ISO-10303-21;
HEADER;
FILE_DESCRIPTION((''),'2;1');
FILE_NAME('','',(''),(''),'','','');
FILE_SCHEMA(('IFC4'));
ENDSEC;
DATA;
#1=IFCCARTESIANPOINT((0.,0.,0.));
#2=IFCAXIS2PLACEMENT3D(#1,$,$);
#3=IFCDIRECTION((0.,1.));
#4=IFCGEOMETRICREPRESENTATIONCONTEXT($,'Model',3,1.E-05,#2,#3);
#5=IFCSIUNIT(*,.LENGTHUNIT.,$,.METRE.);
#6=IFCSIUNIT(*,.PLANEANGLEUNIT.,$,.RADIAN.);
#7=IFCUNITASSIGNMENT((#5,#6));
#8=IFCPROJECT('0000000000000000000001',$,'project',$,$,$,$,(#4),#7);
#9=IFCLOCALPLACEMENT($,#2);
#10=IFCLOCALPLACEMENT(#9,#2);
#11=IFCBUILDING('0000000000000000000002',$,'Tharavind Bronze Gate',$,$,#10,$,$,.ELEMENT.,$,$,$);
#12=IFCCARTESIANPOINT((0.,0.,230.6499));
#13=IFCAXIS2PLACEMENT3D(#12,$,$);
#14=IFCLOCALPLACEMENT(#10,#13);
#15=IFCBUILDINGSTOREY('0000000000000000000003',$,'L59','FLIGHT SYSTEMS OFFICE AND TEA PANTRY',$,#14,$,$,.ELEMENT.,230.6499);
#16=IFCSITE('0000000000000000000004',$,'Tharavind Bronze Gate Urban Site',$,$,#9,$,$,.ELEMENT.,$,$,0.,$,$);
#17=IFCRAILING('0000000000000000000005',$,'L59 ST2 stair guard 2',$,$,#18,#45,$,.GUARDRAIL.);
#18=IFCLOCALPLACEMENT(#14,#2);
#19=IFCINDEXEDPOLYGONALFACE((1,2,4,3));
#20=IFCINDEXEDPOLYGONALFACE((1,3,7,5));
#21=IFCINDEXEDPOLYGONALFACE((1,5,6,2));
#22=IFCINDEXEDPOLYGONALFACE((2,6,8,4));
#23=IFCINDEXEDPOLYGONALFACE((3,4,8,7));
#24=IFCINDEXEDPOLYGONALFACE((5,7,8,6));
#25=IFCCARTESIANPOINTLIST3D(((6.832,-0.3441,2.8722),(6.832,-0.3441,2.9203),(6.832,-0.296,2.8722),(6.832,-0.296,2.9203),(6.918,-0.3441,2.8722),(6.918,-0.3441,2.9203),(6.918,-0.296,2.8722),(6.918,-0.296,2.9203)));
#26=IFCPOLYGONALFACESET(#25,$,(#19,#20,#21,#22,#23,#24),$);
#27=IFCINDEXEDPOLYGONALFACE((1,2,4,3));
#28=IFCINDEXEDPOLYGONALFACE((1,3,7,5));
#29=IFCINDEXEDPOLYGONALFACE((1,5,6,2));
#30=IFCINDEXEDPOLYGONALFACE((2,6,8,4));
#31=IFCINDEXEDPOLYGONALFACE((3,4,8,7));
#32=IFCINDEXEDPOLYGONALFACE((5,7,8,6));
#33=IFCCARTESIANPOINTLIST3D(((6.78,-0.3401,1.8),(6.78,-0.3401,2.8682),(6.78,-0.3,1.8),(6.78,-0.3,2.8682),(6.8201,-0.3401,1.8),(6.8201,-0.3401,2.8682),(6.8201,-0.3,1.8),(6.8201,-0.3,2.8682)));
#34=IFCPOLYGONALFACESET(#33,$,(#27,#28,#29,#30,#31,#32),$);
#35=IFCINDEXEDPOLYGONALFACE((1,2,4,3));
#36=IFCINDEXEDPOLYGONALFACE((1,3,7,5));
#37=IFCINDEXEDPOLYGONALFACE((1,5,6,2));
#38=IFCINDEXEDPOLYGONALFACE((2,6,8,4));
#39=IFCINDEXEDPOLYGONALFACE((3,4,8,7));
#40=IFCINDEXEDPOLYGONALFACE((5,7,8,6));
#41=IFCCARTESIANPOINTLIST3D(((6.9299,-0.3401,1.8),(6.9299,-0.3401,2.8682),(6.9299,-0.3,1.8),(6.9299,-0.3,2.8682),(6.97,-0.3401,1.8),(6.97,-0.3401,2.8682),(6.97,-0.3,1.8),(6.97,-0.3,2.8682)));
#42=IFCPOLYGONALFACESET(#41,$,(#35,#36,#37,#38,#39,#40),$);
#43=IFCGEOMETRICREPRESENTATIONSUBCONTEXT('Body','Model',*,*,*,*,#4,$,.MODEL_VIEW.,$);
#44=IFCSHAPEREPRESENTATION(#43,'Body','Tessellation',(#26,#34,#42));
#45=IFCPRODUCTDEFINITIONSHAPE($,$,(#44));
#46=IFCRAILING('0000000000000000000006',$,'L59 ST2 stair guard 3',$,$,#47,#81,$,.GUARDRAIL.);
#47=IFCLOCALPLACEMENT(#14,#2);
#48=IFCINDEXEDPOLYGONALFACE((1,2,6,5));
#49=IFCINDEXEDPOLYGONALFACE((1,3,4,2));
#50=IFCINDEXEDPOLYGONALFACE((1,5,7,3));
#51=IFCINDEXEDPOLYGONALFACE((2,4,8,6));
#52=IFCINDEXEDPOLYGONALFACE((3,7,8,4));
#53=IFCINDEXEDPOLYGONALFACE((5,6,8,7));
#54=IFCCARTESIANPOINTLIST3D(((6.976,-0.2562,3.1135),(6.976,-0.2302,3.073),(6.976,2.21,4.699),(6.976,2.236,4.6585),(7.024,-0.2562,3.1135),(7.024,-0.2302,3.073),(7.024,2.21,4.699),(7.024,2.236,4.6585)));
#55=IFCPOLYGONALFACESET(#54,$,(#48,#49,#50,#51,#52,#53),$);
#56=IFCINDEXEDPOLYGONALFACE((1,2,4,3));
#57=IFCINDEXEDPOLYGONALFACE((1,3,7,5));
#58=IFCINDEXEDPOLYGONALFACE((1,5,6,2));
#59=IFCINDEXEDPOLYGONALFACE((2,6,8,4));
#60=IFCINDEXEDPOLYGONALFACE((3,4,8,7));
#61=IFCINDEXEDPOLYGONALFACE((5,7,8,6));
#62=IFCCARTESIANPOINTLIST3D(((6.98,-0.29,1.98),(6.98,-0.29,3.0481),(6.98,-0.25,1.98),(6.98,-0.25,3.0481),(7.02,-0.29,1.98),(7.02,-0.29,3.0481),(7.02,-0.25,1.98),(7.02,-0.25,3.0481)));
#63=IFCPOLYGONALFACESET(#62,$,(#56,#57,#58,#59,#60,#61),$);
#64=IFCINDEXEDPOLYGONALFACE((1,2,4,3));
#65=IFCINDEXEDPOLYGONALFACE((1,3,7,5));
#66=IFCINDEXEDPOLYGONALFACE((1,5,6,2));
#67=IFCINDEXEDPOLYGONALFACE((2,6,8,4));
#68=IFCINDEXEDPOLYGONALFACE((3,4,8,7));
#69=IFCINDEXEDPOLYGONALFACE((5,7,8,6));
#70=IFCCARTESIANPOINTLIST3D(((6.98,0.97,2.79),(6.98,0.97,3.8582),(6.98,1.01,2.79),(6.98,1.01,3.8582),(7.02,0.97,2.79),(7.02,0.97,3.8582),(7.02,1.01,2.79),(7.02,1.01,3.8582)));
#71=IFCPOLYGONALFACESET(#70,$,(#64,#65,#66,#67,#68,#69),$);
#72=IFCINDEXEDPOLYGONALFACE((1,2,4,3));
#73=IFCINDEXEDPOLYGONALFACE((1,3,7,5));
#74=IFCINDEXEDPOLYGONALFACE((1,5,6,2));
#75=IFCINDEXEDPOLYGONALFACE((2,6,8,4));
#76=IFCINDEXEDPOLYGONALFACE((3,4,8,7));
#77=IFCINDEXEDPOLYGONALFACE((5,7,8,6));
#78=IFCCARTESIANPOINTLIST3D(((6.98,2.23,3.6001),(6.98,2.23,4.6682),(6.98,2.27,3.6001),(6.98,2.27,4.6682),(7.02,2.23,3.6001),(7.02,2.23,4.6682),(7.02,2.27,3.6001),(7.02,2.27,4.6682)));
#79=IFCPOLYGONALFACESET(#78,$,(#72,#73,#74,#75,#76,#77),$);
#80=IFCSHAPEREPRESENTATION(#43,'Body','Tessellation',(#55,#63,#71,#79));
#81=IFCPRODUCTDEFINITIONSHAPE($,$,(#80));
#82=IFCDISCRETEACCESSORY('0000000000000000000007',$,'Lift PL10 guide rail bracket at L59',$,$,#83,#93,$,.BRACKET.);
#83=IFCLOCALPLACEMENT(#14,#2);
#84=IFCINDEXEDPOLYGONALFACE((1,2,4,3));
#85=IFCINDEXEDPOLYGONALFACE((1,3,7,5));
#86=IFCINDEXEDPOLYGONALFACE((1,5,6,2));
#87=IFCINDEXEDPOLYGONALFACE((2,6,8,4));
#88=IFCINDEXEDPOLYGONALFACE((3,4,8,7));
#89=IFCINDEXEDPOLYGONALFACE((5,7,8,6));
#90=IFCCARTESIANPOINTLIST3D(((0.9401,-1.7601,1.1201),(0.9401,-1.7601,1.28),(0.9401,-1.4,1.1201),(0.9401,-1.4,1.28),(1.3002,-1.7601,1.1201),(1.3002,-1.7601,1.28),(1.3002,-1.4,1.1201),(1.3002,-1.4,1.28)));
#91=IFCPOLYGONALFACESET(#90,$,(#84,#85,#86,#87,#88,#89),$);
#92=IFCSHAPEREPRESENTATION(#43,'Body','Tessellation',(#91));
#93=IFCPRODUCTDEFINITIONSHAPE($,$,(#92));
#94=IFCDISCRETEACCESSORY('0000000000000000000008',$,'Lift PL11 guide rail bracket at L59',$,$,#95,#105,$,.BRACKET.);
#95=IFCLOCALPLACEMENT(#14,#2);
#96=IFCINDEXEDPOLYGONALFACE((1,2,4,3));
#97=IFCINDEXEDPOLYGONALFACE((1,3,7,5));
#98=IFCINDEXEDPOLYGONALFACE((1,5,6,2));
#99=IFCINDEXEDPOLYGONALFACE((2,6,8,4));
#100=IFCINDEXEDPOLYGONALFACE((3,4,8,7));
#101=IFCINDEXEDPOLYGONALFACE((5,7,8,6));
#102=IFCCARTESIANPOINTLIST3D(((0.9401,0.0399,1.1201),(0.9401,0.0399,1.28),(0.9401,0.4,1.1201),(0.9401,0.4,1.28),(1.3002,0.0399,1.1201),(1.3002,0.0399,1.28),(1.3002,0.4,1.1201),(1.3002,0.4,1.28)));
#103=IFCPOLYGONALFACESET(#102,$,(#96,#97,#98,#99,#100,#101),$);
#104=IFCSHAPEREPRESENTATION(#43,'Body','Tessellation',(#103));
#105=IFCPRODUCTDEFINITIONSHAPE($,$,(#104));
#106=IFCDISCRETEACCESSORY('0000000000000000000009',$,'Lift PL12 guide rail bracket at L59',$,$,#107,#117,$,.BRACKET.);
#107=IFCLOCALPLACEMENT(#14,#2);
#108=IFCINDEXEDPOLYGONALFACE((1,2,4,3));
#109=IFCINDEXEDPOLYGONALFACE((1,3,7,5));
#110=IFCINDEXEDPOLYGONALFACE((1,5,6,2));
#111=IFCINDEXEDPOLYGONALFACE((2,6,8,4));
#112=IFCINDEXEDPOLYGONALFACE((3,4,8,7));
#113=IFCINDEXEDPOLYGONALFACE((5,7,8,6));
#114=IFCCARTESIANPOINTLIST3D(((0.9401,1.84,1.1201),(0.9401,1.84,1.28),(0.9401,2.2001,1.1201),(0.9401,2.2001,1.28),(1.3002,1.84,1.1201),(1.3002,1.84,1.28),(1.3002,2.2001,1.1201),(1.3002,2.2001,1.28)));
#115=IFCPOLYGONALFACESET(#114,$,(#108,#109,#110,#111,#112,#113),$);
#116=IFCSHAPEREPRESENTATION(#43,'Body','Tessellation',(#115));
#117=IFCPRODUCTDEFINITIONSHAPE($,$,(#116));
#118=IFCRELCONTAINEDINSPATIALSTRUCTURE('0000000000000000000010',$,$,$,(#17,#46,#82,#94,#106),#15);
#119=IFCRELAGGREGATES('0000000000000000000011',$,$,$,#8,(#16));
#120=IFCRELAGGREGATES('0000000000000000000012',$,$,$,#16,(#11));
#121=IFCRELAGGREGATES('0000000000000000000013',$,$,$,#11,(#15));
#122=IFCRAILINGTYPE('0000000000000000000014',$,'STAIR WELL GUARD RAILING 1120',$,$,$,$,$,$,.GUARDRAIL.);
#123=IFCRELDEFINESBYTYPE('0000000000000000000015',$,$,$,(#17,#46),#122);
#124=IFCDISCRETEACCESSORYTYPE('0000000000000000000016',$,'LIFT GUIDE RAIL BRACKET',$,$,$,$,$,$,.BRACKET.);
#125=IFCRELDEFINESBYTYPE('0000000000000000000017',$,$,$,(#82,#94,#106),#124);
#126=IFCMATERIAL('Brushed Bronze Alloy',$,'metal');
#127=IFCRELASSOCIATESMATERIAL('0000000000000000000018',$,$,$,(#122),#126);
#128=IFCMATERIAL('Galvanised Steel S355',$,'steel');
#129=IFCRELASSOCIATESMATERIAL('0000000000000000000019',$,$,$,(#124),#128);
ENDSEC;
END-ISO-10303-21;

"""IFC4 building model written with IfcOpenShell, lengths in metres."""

from ifc_helpers import new_model, si_unit, direction, frame, origin, origin_2d, place, context, subcontext, project, spatial, rectangle, extrude, material, type_object, element, save


model = new_model("IFC4")

# Units and contexts
model_context = context("Model", 3, precision=1e-05, world=origin(), true_north=direction((0.0, 1.0)))
body_context = subcontext(model_context, "Body", "Model", "MODEL_VIEW")
ifc_project = project(units=[si_unit("LENGTHUNIT", "METRE"), si_unit("PLANEANGLEUNIT", "RADIAN")], contexts=[model_context])

# Site, building, storey
site_placement = place(None, origin())
site = spatial("IfcSite", under=ifc_project, at=site_placement, Name="Tharavind Bronze Gate Urban Site", CompositionType="ELEMENT", RefElevation=0.0)
building_placement = place(site_placement, origin())
building = spatial("IfcBuilding", under=site, at=building_placement, Name="Tharavind Bronze Gate", CompositionType="ELEMENT")
storey_placement = place(building_placement, frame((0.0, 0.0, 230.6499)))
storey = spatial("IfcBuildingStorey", under=building, at=storey_placement, Name="L59", Description="FLIGHT SYSTEMS OFFICE AND TEA PANTRY", CompositionType="ELEMENT", Elevation=230.6499)

# Railings
ifc_material_1 = material(Name="Brushed Bronze Alloy", Category="metal")
railing_type_1 = type_object("IfcRailingType", Name="STAIR WELL GUARD RAILING 1120", PredefinedType="GUARDRAIL", material=ifc_material_1)
railing_1_placement = place(storey_placement, frame((6.8, -0.3201, 1.8)))
element("IfcRailing", 1, at=railing_1_placement, inside=storey, type_object=railing_type_1, Name="L59 ST2 stair guard 2", PredefinedType="GUARDRAIL", context=body_context, shape_type="SweptSolid", body=[
    extrude(rectangle(XDim=0.0481, YDim=0.0481, at=origin_2d()), frame((0.032, 0.0, 1.0962), z_axis=(1.0, 0.0, 0.0), x_axis=(0.0, 1.0, 0.0)), (0.0, 0.0, 1.0), 0.0859),
    extrude(rectangle(XDim=0.04, YDim=0.04, at=origin_2d()), origin(), (0.0, 0.0, 1.0), 1.0681),
    extrude(rectangle(XDim=0.04, YDim=0.04, at=origin_2d()), frame((0.1499, 0.0, 0.0)), (0.0, 0.0, 1.0), 1.0681),
])
railing_2_placement = place(storey_placement, frame((7.0, -0.27, 1.98)))
element("IfcRailing", 2, at=railing_2_placement, inside=storey, type_object=railing_type_1, Name="L59 ST2 stair guard 3", PredefinedType="GUARDRAIL", context=body_context, shape_type="SweptSolid", body=[
    extrude(rectangle(XDim=0.0481, YDim=0.0481, at=origin_2d()), frame((0.0, 0.0269, 1.1133), z_axis=(0.0, 0.841163, 0.540782), x_axis=(-1.0, 0.0, 0.0)), (0.0, 0.0, 1.0), 2.9319),
    extrude(rectangle(XDim=0.04, YDim=0.04, at=origin_2d()), origin(), (0.0, 0.0, 1.0), 1.0681),
    extrude(rectangle(XDim=0.04, YDim=0.04, at=origin_2d()), frame((0.0, 1.26, 0.8101)), (0.0, 0.0, 1.0), 1.0681),
    extrude(rectangle(XDim=0.04, YDim=0.04, at=origin_2d()), frame((0.0, 2.52, 1.6201)), (0.0, 0.0, 1.0), 1.0681),
])

# Discrete accessories
ifc_material_2 = material(Name="Galvanised Steel S355", Category="steel")
discrete_accessory_type = type_object("IfcDiscreteAccessoryType", Name="LIFT GUIDE RAIL BRACKET", PredefinedType="BRACKET", material=ifc_material_2)
for number, where, z_axis, x_axis, name in (
    (3, (1.1201, -1.5801, 1.1201), (0.0, 0.0, 1.0), (1.0, 0.0, 0.0), "Lift PL10 guide rail bracket at L59"),
    (4, (1.1201, 0.22, 1.1201), (0.0, 0.0, 1.0), (1.0, 0.0, 0.0), "Lift PL11 guide rail bracket at L59"),
    (5, (1.1201, 2.02, 1.1201), (0.0, 0.0, 1.0), (1.0, 0.0, 0.0), "Lift PL12 guide rail bracket at L59"),
):
    element("IfcDiscreteAccessory", number, at=place(storey_placement, frame(where, z_axis=z_axis, x_axis=x_axis)), inside=storey, type_object=discrete_accessory_type, Name=name, PredefinedType="BRACKET", context=body_context, shape_type="SweptSolid", body=[
        extrude(rectangle(XDim=0.3601, YDim=0.3601, at=origin_2d()), origin(), (0.0, 0.0, 1.0), 0.1599),
    ])

save(model, "model.ifc")
